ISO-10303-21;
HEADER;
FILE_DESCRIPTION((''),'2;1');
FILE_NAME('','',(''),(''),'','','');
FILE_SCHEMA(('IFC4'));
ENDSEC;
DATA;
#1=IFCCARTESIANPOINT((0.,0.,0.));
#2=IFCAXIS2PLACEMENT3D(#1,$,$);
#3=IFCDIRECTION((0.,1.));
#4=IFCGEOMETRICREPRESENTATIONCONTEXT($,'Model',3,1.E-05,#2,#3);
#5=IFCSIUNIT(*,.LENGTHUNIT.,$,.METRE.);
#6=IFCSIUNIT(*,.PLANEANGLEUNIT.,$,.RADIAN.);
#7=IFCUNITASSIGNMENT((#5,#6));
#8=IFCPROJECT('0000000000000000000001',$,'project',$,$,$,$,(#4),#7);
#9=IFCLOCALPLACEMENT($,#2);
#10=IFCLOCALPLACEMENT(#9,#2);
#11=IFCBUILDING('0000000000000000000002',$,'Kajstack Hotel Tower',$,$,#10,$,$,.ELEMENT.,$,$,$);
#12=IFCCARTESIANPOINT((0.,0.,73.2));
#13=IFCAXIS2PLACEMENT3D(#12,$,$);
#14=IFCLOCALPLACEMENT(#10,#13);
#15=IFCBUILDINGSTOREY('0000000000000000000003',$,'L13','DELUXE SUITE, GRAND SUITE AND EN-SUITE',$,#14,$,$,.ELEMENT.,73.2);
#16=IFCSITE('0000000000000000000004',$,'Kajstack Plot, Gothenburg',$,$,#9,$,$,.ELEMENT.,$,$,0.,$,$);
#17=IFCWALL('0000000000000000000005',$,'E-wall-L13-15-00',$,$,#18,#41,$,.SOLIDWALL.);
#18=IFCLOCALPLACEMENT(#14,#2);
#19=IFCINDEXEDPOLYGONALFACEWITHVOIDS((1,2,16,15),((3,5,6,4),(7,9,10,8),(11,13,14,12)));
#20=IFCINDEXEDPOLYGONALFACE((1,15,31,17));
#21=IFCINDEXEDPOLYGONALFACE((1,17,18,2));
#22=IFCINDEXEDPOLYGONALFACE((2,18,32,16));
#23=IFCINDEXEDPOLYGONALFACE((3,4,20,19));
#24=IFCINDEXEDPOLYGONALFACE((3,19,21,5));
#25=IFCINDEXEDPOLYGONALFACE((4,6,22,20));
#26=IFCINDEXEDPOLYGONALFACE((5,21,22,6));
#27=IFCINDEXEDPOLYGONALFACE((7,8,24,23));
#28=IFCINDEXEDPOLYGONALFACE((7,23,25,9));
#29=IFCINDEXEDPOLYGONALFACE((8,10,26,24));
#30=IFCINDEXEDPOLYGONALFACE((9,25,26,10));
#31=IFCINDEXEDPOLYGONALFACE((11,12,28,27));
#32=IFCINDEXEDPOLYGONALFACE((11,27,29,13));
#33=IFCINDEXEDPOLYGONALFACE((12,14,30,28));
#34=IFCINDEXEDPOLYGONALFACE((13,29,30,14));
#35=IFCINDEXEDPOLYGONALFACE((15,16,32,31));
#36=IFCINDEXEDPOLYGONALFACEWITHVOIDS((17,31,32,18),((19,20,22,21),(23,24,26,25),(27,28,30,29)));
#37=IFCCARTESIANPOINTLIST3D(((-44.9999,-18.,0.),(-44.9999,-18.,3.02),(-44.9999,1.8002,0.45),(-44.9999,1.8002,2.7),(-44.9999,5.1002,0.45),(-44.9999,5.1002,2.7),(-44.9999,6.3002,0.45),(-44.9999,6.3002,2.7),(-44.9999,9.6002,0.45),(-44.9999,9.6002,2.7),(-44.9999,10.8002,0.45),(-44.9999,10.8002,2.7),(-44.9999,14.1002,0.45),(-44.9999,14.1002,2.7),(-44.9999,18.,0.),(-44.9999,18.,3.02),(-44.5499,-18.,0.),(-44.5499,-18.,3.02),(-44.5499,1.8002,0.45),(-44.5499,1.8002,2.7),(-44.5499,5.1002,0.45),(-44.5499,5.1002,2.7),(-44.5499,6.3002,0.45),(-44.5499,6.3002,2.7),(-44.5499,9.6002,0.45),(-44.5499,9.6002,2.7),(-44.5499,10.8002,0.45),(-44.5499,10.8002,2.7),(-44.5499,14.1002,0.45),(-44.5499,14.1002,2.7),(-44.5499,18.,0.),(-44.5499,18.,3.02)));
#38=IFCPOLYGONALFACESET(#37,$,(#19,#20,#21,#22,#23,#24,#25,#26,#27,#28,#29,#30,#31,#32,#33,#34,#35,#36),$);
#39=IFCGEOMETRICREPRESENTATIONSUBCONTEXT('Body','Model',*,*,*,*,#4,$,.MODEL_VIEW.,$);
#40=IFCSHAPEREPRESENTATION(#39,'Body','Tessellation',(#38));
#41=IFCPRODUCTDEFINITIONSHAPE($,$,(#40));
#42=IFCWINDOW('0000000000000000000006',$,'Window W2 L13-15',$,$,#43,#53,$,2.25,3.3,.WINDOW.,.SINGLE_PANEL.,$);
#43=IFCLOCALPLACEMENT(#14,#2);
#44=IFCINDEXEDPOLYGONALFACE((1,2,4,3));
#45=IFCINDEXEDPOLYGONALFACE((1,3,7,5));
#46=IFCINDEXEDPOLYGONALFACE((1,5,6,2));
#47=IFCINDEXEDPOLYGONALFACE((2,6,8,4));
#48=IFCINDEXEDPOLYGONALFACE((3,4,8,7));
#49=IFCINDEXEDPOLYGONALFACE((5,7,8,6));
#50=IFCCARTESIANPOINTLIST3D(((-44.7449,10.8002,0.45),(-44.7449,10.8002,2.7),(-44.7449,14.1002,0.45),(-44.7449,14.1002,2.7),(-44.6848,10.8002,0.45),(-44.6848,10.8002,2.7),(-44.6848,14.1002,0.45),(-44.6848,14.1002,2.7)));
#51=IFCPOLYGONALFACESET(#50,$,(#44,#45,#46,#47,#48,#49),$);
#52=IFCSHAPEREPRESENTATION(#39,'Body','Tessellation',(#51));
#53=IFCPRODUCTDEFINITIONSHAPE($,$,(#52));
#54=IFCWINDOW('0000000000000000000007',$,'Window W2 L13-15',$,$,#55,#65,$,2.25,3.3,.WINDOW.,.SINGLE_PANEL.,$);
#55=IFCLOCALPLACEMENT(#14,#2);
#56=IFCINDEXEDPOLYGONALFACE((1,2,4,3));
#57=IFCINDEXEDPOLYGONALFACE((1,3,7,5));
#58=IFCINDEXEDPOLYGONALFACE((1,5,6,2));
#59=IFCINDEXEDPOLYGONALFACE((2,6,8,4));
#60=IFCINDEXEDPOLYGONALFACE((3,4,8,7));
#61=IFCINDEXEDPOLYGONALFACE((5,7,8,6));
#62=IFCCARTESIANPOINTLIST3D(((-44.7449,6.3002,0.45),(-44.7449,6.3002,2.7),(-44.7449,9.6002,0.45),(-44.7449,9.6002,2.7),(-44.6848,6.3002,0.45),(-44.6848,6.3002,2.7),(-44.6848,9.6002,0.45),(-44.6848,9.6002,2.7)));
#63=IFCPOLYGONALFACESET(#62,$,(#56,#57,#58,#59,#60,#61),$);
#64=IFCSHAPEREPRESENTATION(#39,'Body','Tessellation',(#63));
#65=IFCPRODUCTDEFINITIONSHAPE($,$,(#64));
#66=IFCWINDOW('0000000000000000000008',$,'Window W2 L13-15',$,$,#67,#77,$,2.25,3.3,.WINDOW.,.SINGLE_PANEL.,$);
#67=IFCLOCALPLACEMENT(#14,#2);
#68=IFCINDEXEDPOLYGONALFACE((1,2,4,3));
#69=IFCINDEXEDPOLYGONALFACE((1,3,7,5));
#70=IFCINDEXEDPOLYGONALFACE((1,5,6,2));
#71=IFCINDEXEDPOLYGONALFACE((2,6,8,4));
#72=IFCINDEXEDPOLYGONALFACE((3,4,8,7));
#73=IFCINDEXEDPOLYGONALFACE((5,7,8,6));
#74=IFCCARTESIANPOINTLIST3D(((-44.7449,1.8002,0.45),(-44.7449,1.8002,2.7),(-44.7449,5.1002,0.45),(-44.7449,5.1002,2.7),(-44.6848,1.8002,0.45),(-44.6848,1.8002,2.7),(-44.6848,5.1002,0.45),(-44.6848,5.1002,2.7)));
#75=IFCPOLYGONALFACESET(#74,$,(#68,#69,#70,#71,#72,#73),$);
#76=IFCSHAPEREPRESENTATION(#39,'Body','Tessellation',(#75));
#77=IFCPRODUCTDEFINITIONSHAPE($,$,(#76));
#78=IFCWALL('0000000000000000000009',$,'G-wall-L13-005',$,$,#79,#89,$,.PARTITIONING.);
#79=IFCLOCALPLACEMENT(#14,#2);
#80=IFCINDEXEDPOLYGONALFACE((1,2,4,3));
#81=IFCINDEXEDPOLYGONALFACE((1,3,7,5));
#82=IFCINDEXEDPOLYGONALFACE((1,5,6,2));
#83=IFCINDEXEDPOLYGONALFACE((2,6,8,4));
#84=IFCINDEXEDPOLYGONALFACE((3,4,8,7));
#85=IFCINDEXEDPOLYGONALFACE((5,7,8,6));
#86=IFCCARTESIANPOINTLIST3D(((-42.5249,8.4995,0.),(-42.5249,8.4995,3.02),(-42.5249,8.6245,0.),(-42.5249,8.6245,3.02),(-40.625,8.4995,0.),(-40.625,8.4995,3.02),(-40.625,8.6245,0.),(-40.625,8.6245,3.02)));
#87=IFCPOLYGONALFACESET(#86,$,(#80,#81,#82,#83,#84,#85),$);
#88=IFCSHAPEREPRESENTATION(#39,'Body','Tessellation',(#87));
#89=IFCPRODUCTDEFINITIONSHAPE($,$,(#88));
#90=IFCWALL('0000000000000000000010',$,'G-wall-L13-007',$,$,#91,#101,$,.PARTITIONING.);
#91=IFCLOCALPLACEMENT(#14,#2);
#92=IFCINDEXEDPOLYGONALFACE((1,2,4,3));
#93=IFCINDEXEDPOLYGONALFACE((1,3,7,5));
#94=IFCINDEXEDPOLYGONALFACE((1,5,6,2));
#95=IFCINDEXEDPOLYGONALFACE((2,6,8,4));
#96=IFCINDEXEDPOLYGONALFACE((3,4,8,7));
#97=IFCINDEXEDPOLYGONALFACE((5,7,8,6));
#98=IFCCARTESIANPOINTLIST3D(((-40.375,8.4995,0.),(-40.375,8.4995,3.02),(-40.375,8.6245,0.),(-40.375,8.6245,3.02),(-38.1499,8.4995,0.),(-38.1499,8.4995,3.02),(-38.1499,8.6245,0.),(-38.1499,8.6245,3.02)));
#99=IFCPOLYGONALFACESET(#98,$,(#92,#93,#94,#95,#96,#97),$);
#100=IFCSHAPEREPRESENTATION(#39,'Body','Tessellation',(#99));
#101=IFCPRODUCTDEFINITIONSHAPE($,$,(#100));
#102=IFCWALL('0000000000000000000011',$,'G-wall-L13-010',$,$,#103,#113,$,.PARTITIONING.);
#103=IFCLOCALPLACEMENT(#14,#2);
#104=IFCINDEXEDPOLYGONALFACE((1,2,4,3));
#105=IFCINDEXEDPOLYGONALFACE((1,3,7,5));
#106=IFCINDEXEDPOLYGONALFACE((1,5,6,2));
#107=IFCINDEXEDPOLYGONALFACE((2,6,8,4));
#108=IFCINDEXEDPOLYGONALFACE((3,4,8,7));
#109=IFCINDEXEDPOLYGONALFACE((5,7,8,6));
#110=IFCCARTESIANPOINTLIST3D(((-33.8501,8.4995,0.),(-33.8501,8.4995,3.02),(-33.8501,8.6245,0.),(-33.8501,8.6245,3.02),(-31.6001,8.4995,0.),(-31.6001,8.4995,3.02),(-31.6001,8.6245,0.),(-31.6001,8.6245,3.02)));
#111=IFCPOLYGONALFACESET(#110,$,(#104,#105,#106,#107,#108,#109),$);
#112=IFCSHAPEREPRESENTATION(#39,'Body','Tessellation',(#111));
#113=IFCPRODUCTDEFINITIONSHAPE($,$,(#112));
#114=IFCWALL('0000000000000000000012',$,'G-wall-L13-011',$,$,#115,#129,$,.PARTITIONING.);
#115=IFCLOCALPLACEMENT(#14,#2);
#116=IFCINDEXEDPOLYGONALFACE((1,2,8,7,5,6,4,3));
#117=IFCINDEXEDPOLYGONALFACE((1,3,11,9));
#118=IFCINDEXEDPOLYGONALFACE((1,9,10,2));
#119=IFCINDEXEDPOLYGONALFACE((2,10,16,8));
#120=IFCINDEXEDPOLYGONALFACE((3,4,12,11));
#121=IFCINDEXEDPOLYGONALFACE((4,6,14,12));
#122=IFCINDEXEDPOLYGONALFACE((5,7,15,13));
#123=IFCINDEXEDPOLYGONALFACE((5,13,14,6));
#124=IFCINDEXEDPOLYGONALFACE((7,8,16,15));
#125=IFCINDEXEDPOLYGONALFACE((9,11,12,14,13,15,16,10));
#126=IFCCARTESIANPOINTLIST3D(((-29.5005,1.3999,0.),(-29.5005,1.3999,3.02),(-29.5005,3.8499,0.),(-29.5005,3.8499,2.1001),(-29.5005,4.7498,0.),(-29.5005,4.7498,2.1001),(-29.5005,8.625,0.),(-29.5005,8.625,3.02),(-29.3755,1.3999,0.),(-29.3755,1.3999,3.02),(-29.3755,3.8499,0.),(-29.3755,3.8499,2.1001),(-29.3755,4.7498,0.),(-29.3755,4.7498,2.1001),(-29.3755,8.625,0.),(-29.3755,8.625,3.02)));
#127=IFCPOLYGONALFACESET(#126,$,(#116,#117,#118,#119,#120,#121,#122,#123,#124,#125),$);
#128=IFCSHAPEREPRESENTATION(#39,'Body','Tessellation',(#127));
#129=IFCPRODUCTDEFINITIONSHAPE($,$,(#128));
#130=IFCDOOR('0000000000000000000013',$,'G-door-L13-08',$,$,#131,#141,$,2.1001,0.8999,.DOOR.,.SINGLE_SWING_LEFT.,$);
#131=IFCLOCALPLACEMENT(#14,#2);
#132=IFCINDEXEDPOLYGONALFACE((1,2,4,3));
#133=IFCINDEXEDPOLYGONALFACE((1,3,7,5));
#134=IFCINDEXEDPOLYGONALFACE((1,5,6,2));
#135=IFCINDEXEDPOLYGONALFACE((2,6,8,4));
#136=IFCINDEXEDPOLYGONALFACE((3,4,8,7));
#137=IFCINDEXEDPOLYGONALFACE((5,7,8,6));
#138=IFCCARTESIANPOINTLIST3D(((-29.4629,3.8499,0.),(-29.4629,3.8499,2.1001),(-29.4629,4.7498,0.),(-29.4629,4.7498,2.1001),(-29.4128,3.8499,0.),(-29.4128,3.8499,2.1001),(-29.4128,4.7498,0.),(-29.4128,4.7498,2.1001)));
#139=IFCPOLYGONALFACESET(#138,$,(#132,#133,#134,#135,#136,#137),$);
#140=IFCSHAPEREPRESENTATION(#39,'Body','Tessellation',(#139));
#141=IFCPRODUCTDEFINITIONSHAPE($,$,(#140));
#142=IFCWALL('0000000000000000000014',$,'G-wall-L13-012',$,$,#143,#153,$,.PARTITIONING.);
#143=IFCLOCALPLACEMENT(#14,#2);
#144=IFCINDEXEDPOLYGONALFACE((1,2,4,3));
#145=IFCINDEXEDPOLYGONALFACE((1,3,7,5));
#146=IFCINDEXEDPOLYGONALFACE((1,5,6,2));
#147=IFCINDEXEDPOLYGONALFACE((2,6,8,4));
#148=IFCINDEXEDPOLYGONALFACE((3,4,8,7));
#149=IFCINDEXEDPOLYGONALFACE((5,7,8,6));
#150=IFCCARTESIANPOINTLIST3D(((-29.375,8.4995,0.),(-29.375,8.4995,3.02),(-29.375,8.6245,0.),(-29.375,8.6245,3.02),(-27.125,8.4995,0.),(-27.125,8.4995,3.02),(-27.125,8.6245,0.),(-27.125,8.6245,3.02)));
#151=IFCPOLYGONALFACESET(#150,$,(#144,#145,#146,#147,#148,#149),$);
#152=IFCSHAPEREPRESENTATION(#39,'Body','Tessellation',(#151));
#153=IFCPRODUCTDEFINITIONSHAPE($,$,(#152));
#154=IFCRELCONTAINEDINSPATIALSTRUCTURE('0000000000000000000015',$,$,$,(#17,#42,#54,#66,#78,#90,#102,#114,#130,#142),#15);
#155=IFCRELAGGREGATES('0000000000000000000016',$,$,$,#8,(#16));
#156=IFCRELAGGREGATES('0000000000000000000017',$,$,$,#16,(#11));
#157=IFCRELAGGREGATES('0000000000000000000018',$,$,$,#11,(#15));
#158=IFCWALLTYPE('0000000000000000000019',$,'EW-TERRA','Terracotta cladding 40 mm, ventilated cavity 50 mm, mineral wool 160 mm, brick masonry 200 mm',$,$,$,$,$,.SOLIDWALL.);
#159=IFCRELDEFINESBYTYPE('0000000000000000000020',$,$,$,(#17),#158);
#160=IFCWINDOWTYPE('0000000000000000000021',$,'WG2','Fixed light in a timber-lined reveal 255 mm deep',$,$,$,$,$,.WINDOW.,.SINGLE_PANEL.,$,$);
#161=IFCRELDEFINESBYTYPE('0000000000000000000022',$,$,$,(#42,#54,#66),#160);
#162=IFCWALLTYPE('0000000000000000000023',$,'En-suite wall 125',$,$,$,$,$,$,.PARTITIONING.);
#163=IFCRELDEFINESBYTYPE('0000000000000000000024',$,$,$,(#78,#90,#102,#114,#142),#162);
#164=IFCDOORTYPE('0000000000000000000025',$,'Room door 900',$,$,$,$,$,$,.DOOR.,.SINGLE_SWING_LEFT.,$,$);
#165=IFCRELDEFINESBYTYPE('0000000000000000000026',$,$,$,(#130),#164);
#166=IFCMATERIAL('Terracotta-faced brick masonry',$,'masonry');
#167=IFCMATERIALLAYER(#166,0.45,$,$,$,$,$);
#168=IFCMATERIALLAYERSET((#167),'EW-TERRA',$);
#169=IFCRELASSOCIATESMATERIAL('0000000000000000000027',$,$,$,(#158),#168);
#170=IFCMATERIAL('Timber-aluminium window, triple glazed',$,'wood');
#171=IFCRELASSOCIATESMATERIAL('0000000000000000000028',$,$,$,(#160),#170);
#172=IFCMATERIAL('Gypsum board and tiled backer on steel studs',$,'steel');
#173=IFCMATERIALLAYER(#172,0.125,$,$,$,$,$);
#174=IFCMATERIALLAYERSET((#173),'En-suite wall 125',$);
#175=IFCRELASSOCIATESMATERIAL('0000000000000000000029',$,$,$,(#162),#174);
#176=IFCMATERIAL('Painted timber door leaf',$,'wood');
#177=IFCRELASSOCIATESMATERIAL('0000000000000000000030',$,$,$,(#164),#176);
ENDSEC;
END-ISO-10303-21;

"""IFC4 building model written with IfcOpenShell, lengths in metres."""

from ifc_helpers import new_model, si_unit, direction, frame, frame_2d, origin, place, context, subcontext, project, spatial, rectangle, extrude, material, layer, layer_set, type_object, element, fill, save


model = new_model("IFC4")

# Units and contexts
model_context = context("Model", 3, precision=1e-05, world=origin(), true_north=direction((0.0, 1.0)))
body_context = subcontext(model_context, "Body", "Model", "MODEL_VIEW")
ifc_project = project(units=[si_unit("LENGTHUNIT", "METRE"), si_unit("PLANEANGLEUNIT", "RADIAN")], contexts=[model_context])

# Site, building, storey
site_placement = place(None, origin())
site = spatial("IfcSite", under=ifc_project, at=site_placement, Name="Kajstack Plot, Gothenburg", CompositionType="ELEMENT", RefElevation=0.0)
building_placement = place(site_placement, origin())
building = spatial("IfcBuilding", under=site, at=building_placement, Name="Kajstack Hotel Tower", CompositionType="ELEMENT")
storey_placement = place(building_placement, frame((0.0, 0.0, 73.2)))
storey = spatial("IfcBuildingStorey", under=building, at=storey_placement, Name="L13", Description="DELUXE SUITE, GRAND SUITE AND EN-SUITE", CompositionType="ELEMENT", Elevation=73.2)

# Shared definitions
ifc_material_1 = material(Name="Terracotta-faced brick masonry", Category="masonry")
ifc_layer_1 = layer(ifc_material_1, 0.45)
ifc_layer_set_1 = layer_set([ifc_layer_1], Name="EW-TERRA")
wall_type_1 = type_object("IfcWallType", Name="EW-TERRA", Description="Terracotta cladding 40 mm, ventilated cavity 50 mm, mineral wool 160 mm, brick masonry 200 mm", PredefinedType="SOLIDWALL", material=ifc_layer_set_1)
ifc_material_2 = material(Name="Timber-aluminium window, triple glazed", Category="wood")

# Wall, openings, windows
wall_1_placement = place(storey_placement, frame((-44.7749, 18.0, 0.0), z_axis=(0.0, 0.0, 1.0), x_axis=(0.0, -1.0, 0.0)))
wall_1 = element("IfcWall", 1, at=wall_1_placement, inside=storey, type_object=wall_type_1, Name="E-wall-L13-15-00", PredefinedType="SOLIDWALL", context=body_context, shape_type="SweptSolid", body=[
    extrude(rectangle(XDim=36.0, YDim=0.45, at=frame_2d((18.0, 0.0))), origin(), (0.0, 0.0, 1.0), 3.02),
])
opening_1_placement = place(wall_1_placement, frame((3.8999, 0.0, 0.45)))
opening_1 = element("IfcOpeningElement", 2, at=opening_1_placement, cuts=wall_1, PredefinedType="OPENING", context=body_context, shape_type="SweptSolid", body=[
    extrude(rectangle(XDim=3.3, YDim=2.25, at=frame_2d((1.6499, 1.125))), frame((0.0, 0.2349, 0.0), z_axis=(0.0, -1.0, 0.0), x_axis=(1.0, 0.0, 0.0)), (0.0, 0.0, 1.0), 0.47),
])
opening_2_placement = place(wall_1_placement, frame((8.3999, 0.0, 0.45)))
opening_2 = element("IfcOpeningElement", 3, at=opening_2_placement, cuts=wall_1, PredefinedType="OPENING", context=body_context, shape_type="SweptSolid", body=[
    extrude(rectangle(XDim=3.3, YDim=2.25, at=frame_2d((1.6499, 1.125))), frame((0.0, 0.2349, 0.0), z_axis=(0.0, -1.0, 0.0), x_axis=(1.0, 0.0, 0.0)), (0.0, 0.0, 1.0), 0.47),
])
opening_3_placement = place(wall_1_placement, frame((12.8999, 0.0, 0.45)))
opening_3 = element("IfcOpeningElement", 4, at=opening_3_placement, cuts=wall_1, PredefinedType="OPENING", context=body_context, shape_type="SweptSolid", body=[
    extrude(rectangle(XDim=3.3, YDim=2.25, at=frame_2d((1.6499, 1.125))), frame((0.0, 0.2349, 0.0), z_axis=(0.0, -1.0, 0.0), x_axis=(1.0, 0.0, 0.0)), (0.0, 0.0, 1.0), 0.47),
])
window_type_1 = type_object("IfcWindowType", Name="WG2", Description="Fixed light in a timber-lined reveal 255 mm deep", PartitioningType="SINGLE_PANEL", PredefinedType="WINDOW", material=ifc_material_2)
window_1_placement = place(opening_1_placement, origin())
window_1 = element("IfcWindow", 5, at=window_1_placement, inside=storey, type_object=window_type_1, Name="Window W2 L13-15", OverallHeight=2.25, OverallWidth=3.3, PartitioningType="SINGLE_PANEL", PredefinedType="WINDOW", context=body_context, shape_type="SweptSolid", body=[
    extrude(rectangle(XDim=3.3, YDim=2.25, at=frame_2d((1.6499, 1.125))), frame((0.0, 0.0901, 0.0), z_axis=(0.0, -1.0, 0.0), x_axis=(1.0, 0.0, 0.0)), (0.0, 0.0, 1.0), 0.0601),
])
fill(opening_1, window_1)
window_2_placement = place(opening_2_placement, origin())
window_2 = element("IfcWindow", 6, at=window_2_placement, inside=storey, type_object=window_type_1, Name="Window W2 L13-15", OverallHeight=2.25, OverallWidth=3.3, PartitioningType="SINGLE_PANEL", PredefinedType="WINDOW", context=body_context, shape_type="SweptSolid", body=[
    extrude(rectangle(XDim=3.3, YDim=2.25, at=frame_2d((1.6499, 1.125))), frame((0.0, 0.0901, 0.0), z_axis=(0.0, -1.0, 0.0), x_axis=(1.0, 0.0, 0.0)), (0.0, 0.0, 1.0), 0.0601),
])
fill(opening_2, window_2)
window_3_placement = place(opening_3_placement, origin())
window_3 = element("IfcWindow", 7, at=window_3_placement, inside=storey, type_object=window_type_1, Name="Window W2 L13-15", OverallHeight=2.25, OverallWidth=3.3, PartitioningType="SINGLE_PANEL", PredefinedType="WINDOW", context=body_context, shape_type="SweptSolid", body=[
    extrude(rectangle(XDim=3.3, YDim=2.25, at=frame_2d((1.6499, 1.125))), frame((0.0, 0.0901, 0.0), z_axis=(0.0, -1.0, 0.0), x_axis=(1.0, 0.0, 0.0)), (0.0, 0.0, 1.0), 0.0601),
])
fill(opening_3, window_3)

# Walls
ifc_material_3 = material(Name="Gypsum board and tiled backer on steel studs", Category="steel")
ifc_layer_2 = layer(ifc_material_3, 0.125)
ifc_layer_set_2 = layer_set([ifc_layer_2], Name="En-suite wall 125")
wall_type_2 = type_object("IfcWallType", Name="En-suite wall 125", PredefinedType="PARTITIONING", material=ifc_layer_set_2)
wall_2_placement = place(storey_placement, frame((-42.5249, 8.562, 0.0), z_axis=(0.0, 0.0, 1.0), x_axis=(1.0, 0.0, 0.0)))
element("IfcWall", 8, at=wall_2_placement, inside=storey, type_object=wall_type_2, Name="G-wall-L13-005", PredefinedType="PARTITIONING", context=body_context, shape_type="SweptSolid", body=[
    extrude(rectangle(XDim=1.8999, YDim=0.125, at=frame_2d((0.95, 0.0))), origin(), (0.0, 0.0, 1.0), 3.02),
])
wall_3_placement = place(storey_placement, frame((-40.375, 8.562, 0.0), z_axis=(0.0, 0.0, 1.0), x_axis=(1.0, 0.0, 0.0)))
element("IfcWall", 9, at=wall_3_placement, inside=storey, type_object=wall_type_2, Name="G-wall-L13-007", PredefinedType="PARTITIONING", context=body_context, shape_type="SweptSolid", body=[
    extrude(rectangle(XDim=2.2251, YDim=0.125, at=frame_2d((1.1125, 0.0))), origin(), (0.0, 0.0, 1.0), 3.02),
])
wall_4_placement = place(storey_placement, frame((-33.8501, 8.562, 0.0), z_axis=(0.0, 0.0, 1.0), x_axis=(1.0, 0.0, 0.0)))
element("IfcWall", 10, at=wall_4_placement, inside=storey, type_object=wall_type_2, Name="G-wall-L13-010", PredefinedType="PARTITIONING", context=body_context, shape_type="SweptSolid", body=[
    extrude(rectangle(XDim=2.25, YDim=0.125, at=frame_2d((1.125, 0.0))), origin(), (0.0, 0.0, 1.0), 3.02),
])

# Wall, opening, door
wall_5_placement = place(storey_placement, frame((-29.438, 1.3999, 0.0), z_axis=(0.0, 0.0, 1.0), x_axis=(0.0, 1.0, 0.0)))
wall_5 = element("IfcWall", 11, at=wall_5_placement, inside=storey, type_object=wall_type_2, Name="G-wall-L13-011", PredefinedType="PARTITIONING", context=body_context, shape_type="SweptSolid", body=[
    extrude(rectangle(XDim=7.2251, YDim=0.125, at=frame_2d((3.6125, 0.0))), origin(), (0.0, 0.0, 1.0), 3.02),
])
opening_4_placement = place(wall_5_placement, frame((2.45, 0.0, 0.0)))
opening_4 = element("IfcOpeningElement", 12, at=opening_4_placement, cuts=wall_5, PredefinedType="OPENING", context=body_context, shape_type="SweptSolid", body=[
    extrude(rectangle(XDim=0.8999, YDim=2.1001, at=frame_2d((0.45, 1.05))), frame((0.0, 0.0725, 0.0), z_axis=(0.0, -1.0, 0.0), x_axis=(1.0, 0.0, 0.0)), (0.0, 0.0, 1.0), 0.145),
])
ifc_material_4 = material(Name="Painted timber door leaf", Category="wood")
door_type = type_object("IfcDoorType", Name="Room door 900", OperationType="SINGLE_SWING_LEFT", PredefinedType="DOOR", material=ifc_material_4)
door_placement = place(opening_4_placement, origin())
door = element("IfcDoor", 13, at=door_placement, inside=storey, type_object=door_type, Name="G-door-L13-08", OperationType="SINGLE_SWING_LEFT", OverallHeight=2.1001, OverallWidth=0.8999, PredefinedType="DOOR", context=body_context, shape_type="SweptSolid", body=[
    extrude(rectangle(XDim=0.8999, YDim=2.1001, at=frame_2d((0.45, 1.05))), frame((0.0, 0.0249, 0.0), z_axis=(0.0, -1.0, 0.0), x_axis=(1.0, 0.0, 0.0)), (0.0, 0.0, 1.0), 0.05),
])
fill(opening_4, door)

# Wall
wall_6_placement = place(storey_placement, frame((-29.375, 8.562, 0.0), z_axis=(0.0, 0.0, 1.0), x_axis=(1.0, 0.0, 0.0)))
element("IfcWall", 14, at=wall_6_placement, inside=storey, type_object=wall_type_2, Name="G-wall-L13-012", PredefinedType="PARTITIONING", context=body_context, shape_type="SweptSolid", body=[
    extrude(rectangle(XDim=2.25, YDim=0.125, at=frame_2d((1.125, 0.0))), origin(), (0.0, 0.0, 1.0), 3.02),
])

save(model, "model.ifc")
